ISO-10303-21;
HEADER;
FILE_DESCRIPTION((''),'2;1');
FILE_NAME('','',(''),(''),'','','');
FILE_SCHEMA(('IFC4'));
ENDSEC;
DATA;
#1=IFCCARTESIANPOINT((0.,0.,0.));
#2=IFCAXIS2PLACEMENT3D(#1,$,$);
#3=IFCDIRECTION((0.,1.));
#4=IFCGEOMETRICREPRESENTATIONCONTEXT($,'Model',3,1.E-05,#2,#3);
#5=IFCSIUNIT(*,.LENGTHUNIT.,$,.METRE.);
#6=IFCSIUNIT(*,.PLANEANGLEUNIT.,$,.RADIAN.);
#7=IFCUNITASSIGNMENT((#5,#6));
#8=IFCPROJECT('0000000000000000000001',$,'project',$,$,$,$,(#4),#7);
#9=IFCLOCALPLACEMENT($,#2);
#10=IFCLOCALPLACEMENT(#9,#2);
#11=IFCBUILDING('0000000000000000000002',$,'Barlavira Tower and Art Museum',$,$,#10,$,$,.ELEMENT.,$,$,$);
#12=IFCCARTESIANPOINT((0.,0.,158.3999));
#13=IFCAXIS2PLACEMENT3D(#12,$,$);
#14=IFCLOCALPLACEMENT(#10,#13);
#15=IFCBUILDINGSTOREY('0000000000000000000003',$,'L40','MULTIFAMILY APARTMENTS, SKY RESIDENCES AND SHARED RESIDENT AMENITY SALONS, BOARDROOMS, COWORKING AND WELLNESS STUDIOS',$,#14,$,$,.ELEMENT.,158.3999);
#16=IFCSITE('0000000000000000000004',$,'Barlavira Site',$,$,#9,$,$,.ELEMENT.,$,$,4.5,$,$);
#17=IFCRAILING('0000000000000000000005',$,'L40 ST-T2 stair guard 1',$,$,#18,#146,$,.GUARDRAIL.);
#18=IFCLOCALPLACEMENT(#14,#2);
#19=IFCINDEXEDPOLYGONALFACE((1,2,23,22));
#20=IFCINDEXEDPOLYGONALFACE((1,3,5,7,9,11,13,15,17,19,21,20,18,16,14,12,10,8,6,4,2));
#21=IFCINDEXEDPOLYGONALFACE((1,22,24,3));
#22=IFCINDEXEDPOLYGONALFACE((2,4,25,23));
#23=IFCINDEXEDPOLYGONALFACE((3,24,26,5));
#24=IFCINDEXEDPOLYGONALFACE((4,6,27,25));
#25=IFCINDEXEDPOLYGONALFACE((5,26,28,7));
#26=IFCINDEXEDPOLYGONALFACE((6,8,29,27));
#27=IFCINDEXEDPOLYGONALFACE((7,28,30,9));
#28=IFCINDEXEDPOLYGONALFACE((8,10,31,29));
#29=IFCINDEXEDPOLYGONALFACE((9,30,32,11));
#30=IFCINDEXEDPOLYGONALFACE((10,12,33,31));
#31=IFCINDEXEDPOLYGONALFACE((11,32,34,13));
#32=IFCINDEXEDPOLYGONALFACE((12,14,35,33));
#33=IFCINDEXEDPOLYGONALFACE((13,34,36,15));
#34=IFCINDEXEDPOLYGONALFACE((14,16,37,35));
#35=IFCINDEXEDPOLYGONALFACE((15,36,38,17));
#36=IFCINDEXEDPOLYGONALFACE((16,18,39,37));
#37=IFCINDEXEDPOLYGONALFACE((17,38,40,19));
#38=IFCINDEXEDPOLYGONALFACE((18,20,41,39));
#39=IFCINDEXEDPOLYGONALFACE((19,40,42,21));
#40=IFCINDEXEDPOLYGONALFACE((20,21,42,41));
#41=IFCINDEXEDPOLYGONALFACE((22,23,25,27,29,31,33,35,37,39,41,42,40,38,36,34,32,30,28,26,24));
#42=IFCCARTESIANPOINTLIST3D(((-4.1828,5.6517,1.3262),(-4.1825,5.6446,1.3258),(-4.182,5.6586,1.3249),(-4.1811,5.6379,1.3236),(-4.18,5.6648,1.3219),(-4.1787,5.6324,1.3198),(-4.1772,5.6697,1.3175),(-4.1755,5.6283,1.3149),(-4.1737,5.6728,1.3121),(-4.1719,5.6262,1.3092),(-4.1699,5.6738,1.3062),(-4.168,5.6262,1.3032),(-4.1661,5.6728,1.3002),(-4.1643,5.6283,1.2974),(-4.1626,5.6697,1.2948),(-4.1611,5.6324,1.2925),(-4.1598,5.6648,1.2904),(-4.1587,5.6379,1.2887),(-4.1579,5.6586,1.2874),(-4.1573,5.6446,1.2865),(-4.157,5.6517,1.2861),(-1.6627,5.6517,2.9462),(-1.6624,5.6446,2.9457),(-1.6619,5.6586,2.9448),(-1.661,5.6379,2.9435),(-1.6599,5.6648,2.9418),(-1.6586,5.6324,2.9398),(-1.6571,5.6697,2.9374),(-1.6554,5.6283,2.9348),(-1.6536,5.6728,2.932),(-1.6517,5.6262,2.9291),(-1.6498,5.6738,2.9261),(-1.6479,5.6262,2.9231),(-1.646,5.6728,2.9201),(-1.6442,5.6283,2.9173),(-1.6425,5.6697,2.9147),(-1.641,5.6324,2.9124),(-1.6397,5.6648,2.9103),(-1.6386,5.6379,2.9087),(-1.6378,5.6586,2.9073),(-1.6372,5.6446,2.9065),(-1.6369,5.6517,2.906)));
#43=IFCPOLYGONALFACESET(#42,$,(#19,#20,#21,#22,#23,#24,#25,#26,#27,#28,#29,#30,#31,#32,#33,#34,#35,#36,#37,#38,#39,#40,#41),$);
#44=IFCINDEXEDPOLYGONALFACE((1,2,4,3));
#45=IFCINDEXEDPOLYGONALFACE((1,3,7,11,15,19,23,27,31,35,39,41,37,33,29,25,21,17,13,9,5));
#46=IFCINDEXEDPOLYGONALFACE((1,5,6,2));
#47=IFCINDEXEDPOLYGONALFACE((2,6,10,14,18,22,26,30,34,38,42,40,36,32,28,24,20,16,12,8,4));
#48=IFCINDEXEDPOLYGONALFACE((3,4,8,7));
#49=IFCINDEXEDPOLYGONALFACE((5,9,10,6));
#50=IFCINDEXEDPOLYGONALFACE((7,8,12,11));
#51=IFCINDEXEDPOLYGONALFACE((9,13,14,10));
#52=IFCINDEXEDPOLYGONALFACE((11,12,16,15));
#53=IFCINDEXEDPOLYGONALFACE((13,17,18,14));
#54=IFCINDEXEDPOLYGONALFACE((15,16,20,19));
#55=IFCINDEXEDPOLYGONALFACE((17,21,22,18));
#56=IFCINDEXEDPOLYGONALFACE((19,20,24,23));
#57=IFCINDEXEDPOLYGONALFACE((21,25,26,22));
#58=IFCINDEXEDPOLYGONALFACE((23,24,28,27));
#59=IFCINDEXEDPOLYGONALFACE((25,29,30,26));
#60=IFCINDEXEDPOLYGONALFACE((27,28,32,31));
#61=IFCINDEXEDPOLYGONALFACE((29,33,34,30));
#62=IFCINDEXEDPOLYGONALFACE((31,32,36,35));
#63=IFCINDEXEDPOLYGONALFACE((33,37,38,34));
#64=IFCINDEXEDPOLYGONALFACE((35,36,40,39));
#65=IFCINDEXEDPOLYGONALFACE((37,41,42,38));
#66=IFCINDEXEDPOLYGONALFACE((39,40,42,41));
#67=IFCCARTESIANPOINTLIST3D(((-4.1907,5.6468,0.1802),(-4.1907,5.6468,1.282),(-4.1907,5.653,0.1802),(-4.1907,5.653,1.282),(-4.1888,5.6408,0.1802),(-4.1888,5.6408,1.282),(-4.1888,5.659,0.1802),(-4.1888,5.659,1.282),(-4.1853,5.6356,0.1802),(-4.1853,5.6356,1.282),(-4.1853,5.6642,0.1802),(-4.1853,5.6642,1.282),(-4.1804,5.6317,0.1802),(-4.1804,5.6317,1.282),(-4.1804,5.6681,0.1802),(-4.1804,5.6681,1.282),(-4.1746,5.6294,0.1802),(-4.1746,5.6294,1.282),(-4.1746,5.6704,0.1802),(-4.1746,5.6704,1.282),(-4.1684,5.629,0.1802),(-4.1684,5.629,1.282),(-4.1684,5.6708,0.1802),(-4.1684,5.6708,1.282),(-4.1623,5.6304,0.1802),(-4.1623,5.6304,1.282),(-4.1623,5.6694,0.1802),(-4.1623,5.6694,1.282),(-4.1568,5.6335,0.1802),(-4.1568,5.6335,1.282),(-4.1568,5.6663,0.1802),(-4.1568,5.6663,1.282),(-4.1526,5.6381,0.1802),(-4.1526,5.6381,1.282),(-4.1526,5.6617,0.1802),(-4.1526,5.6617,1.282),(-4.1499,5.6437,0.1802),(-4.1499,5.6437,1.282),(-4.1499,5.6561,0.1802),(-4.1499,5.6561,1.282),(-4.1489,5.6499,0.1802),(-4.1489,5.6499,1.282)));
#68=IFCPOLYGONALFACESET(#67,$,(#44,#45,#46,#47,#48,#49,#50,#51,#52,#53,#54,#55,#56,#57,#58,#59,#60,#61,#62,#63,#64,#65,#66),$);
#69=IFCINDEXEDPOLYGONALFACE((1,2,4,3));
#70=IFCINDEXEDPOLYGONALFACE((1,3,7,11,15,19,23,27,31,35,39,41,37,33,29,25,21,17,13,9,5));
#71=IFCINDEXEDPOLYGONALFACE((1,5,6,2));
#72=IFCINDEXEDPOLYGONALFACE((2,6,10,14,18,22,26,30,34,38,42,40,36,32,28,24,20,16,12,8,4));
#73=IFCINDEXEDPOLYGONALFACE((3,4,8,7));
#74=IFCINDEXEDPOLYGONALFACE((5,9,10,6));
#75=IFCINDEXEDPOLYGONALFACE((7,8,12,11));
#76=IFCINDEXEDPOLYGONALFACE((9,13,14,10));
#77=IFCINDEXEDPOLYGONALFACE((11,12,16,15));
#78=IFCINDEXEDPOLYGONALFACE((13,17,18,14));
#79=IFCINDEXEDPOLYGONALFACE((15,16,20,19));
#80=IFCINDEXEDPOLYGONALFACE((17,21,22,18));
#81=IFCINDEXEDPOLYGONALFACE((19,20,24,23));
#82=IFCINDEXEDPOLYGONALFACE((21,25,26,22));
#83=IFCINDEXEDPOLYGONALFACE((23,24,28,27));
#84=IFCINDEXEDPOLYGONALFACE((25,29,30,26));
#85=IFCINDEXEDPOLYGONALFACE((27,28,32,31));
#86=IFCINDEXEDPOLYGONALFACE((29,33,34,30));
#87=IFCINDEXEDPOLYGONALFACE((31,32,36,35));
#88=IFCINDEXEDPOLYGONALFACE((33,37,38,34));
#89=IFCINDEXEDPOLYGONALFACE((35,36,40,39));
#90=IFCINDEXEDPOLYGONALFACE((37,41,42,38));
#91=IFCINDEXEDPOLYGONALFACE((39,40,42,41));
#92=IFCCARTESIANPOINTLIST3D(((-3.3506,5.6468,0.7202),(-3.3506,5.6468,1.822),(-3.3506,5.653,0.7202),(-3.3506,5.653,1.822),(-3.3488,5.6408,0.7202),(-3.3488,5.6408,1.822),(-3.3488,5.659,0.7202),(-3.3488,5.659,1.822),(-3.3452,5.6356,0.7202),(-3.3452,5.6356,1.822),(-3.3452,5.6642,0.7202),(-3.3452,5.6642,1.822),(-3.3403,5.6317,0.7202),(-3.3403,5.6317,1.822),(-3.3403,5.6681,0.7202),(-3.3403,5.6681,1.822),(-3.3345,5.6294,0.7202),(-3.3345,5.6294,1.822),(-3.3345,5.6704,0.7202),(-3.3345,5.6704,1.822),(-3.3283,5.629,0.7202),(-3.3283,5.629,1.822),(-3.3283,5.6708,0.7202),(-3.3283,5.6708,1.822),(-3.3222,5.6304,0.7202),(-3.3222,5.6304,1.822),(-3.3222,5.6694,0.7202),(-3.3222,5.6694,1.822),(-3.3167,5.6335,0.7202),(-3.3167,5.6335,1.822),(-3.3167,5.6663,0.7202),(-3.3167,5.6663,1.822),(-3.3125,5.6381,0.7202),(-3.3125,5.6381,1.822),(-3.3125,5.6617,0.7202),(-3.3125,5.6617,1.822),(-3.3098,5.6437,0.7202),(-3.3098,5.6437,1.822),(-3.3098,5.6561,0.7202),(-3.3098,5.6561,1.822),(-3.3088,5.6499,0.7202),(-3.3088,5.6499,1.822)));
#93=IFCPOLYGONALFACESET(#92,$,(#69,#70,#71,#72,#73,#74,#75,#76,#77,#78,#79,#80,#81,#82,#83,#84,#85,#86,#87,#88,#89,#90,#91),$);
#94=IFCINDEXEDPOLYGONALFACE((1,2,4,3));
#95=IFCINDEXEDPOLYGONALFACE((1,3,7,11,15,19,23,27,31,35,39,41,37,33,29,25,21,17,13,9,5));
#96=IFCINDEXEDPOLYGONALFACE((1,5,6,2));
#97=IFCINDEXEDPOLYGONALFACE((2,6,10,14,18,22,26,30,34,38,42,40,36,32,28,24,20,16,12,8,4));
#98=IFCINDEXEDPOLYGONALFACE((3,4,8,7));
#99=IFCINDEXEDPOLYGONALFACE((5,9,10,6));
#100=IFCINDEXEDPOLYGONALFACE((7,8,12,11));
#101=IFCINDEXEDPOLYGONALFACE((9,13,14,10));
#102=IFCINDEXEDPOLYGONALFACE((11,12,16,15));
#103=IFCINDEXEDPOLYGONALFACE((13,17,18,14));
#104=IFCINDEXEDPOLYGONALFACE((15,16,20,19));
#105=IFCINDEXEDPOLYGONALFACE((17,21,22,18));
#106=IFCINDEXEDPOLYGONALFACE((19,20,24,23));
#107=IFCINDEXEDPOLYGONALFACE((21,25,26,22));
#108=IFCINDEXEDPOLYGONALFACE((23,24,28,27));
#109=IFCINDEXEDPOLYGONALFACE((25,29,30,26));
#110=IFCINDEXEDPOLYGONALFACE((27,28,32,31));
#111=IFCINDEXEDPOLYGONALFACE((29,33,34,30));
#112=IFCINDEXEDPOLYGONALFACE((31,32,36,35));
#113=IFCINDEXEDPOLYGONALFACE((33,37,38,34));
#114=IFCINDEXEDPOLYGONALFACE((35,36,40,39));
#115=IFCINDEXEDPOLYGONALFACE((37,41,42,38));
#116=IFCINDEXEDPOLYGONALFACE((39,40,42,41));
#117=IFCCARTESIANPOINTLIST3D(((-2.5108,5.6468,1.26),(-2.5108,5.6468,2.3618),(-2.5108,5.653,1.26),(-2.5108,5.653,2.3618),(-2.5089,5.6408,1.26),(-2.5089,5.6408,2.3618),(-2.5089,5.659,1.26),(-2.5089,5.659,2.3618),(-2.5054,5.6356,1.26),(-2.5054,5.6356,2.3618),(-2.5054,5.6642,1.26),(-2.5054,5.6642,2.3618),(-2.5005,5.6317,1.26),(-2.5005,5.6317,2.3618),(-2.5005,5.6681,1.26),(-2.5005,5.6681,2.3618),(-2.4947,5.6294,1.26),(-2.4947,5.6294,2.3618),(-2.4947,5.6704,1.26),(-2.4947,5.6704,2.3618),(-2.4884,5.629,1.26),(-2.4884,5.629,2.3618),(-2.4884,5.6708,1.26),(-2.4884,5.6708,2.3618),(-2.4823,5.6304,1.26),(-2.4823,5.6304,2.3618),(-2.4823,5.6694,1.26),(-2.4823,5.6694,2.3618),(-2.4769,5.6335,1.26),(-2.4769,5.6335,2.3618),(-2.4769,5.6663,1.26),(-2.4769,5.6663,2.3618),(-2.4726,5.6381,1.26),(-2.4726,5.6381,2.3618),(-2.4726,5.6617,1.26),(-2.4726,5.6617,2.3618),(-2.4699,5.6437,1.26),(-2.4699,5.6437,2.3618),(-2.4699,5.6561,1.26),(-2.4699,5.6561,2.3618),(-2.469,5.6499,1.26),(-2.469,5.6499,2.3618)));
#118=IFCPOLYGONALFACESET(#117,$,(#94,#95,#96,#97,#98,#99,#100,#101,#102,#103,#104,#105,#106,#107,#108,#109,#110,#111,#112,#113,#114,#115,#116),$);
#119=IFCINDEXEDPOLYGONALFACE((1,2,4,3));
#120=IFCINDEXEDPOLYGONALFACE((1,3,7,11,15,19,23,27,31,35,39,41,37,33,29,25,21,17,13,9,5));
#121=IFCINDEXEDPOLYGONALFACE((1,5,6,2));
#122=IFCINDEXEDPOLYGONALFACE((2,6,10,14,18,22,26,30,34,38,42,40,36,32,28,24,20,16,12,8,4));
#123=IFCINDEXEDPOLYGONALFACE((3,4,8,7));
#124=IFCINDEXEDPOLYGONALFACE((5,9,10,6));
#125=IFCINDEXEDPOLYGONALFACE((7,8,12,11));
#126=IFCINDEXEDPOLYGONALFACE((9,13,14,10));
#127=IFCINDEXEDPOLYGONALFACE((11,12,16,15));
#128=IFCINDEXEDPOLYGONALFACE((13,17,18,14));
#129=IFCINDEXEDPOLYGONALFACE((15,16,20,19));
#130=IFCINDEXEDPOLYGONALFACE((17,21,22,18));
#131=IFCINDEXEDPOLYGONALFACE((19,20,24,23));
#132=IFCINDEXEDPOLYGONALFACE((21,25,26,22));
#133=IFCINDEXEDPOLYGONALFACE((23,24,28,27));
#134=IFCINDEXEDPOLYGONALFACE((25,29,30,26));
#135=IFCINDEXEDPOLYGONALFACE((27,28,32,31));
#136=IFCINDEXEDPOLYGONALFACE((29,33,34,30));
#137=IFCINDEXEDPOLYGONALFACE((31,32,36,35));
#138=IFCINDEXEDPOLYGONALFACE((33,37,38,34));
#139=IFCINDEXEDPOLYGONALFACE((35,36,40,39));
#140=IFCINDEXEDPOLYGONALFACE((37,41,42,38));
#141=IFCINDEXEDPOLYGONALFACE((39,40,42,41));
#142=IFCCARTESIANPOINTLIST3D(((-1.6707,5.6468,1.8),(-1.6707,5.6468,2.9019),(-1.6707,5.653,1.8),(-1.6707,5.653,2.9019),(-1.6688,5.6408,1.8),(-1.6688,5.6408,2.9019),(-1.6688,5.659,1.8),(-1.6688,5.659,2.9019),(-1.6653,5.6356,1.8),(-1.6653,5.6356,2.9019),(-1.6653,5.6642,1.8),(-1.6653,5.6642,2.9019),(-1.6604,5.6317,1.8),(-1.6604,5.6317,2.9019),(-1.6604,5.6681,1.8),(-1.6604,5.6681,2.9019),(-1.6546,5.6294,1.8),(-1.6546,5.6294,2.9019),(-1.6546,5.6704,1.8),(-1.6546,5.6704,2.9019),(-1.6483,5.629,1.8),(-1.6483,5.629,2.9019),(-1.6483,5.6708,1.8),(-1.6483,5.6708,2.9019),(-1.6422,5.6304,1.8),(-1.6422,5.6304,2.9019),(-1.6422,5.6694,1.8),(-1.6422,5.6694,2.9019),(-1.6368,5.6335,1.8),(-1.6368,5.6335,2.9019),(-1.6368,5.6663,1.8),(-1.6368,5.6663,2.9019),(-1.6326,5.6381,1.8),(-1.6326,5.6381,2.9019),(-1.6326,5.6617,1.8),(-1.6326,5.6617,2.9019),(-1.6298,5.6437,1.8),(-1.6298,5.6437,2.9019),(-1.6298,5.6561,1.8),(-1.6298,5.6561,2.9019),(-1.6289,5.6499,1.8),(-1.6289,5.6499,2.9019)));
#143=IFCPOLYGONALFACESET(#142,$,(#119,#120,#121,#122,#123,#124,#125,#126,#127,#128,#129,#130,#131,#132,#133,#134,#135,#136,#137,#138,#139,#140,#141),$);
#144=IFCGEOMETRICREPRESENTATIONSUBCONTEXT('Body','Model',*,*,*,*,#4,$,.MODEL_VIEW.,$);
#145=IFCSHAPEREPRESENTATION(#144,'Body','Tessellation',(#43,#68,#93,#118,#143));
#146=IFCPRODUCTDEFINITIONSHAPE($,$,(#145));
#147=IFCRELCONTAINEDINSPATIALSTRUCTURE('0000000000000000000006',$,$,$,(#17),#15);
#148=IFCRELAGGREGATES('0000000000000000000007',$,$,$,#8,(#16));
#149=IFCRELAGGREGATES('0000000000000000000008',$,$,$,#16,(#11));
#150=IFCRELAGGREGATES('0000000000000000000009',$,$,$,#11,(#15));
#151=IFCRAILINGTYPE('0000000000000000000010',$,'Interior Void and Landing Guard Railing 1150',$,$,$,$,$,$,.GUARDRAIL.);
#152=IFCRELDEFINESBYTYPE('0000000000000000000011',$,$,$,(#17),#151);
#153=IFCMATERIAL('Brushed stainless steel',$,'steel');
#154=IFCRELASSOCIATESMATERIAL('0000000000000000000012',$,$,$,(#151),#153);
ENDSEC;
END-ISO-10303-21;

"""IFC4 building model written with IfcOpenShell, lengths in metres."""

from ifc_helpers import new_model, si_unit, direction, frame, origin, origin_2d, place, context, subcontext, project, spatial, circle, extrude, material, type_object, element, save


model = new_model("IFC4")

# Units and contexts
model_context = context("Model", 3, precision=1e-05, world=origin(), true_north=direction((0.0, 1.0)))
body_context = subcontext(model_context, "Body", "Model", "MODEL_VIEW")
ifc_project = project(units=[si_unit("LENGTHUNIT", "METRE"), si_unit("PLANEANGLEUNIT", "RADIAN")], contexts=[model_context])

# Site, building, storey
site_placement = place(None, origin())
site = spatial("IfcSite", under=ifc_project, at=site_placement, Name="Barlavira Site", CompositionType="ELEMENT", RefElevation=4.5)
building_placement = place(site_placement, origin())
building = spatial("IfcBuilding", under=site, at=building_placement, Name="Barlavira Tower and Art Museum", CompositionType="ELEMENT")
storey_placement = place(building_placement, frame((0.0, 0.0, 158.3999)))
storey = spatial("IfcBuildingStorey", under=building, at=storey_placement, Name="L40", Description="MULTIFAMILY APARTMENTS, SKY RESIDENCES AND SHARED RESIDENT AMENITY SALONS, BOARDROOMS, COWORKING AND WELLNESS STUDIOS", CompositionType="ELEMENT", Elevation=158.3999)

# Shared definitions
ifc_material_1 = material(Name="Brushed stainless steel", Category="steel")

# Railing
railing_type_1 = type_object("IfcRailingType", Name="Interior Void and Landing Guard Railing 1150", PredefinedType="GUARDRAIL", material=ifc_material_1)
railing_1_placement = place(storey_placement, frame((-4.1699, 5.6499, 0.1802)))
element("IfcRailing", 1, at=railing_1_placement, inside=storey, type_object=railing_type_1, Name="L40 ST-T2 stair guard 1", PredefinedType="GUARDRAIL", context=body_context, shape_type="SweptSolid", body=[
    extrude(circle(Radius=0.0239, at=origin_2d()), frame((0.0, 0.0, 1.126), z_axis=(0.8412, 0.0, 0.540725), x_axis=(0.0, 1.0, 0.0)), (0.0, 0.0, 1.0), 2.9958),
    extrude(circle(Radius=0.021, at=origin_2d()), origin(), (0.0, 0.0, 1.0), 1.1018),
    extrude(circle(Radius=0.021, at=origin_2d()), frame((0.8401, 0.0, 0.54)), (0.0, 0.0, 1.0), 1.1018),
    extrude(circle(Radius=0.021, at=origin_2d()), frame((1.6799, 0.0, 1.0798)), (0.0, 0.0, 1.0), 1.1018),
    extrude(circle(Radius=0.021, at=origin_2d()), frame((2.52, 0.0, 1.6199)), (0.0, 0.0, 1.0), 1.1018),
])

save(model, "model.ifc")
